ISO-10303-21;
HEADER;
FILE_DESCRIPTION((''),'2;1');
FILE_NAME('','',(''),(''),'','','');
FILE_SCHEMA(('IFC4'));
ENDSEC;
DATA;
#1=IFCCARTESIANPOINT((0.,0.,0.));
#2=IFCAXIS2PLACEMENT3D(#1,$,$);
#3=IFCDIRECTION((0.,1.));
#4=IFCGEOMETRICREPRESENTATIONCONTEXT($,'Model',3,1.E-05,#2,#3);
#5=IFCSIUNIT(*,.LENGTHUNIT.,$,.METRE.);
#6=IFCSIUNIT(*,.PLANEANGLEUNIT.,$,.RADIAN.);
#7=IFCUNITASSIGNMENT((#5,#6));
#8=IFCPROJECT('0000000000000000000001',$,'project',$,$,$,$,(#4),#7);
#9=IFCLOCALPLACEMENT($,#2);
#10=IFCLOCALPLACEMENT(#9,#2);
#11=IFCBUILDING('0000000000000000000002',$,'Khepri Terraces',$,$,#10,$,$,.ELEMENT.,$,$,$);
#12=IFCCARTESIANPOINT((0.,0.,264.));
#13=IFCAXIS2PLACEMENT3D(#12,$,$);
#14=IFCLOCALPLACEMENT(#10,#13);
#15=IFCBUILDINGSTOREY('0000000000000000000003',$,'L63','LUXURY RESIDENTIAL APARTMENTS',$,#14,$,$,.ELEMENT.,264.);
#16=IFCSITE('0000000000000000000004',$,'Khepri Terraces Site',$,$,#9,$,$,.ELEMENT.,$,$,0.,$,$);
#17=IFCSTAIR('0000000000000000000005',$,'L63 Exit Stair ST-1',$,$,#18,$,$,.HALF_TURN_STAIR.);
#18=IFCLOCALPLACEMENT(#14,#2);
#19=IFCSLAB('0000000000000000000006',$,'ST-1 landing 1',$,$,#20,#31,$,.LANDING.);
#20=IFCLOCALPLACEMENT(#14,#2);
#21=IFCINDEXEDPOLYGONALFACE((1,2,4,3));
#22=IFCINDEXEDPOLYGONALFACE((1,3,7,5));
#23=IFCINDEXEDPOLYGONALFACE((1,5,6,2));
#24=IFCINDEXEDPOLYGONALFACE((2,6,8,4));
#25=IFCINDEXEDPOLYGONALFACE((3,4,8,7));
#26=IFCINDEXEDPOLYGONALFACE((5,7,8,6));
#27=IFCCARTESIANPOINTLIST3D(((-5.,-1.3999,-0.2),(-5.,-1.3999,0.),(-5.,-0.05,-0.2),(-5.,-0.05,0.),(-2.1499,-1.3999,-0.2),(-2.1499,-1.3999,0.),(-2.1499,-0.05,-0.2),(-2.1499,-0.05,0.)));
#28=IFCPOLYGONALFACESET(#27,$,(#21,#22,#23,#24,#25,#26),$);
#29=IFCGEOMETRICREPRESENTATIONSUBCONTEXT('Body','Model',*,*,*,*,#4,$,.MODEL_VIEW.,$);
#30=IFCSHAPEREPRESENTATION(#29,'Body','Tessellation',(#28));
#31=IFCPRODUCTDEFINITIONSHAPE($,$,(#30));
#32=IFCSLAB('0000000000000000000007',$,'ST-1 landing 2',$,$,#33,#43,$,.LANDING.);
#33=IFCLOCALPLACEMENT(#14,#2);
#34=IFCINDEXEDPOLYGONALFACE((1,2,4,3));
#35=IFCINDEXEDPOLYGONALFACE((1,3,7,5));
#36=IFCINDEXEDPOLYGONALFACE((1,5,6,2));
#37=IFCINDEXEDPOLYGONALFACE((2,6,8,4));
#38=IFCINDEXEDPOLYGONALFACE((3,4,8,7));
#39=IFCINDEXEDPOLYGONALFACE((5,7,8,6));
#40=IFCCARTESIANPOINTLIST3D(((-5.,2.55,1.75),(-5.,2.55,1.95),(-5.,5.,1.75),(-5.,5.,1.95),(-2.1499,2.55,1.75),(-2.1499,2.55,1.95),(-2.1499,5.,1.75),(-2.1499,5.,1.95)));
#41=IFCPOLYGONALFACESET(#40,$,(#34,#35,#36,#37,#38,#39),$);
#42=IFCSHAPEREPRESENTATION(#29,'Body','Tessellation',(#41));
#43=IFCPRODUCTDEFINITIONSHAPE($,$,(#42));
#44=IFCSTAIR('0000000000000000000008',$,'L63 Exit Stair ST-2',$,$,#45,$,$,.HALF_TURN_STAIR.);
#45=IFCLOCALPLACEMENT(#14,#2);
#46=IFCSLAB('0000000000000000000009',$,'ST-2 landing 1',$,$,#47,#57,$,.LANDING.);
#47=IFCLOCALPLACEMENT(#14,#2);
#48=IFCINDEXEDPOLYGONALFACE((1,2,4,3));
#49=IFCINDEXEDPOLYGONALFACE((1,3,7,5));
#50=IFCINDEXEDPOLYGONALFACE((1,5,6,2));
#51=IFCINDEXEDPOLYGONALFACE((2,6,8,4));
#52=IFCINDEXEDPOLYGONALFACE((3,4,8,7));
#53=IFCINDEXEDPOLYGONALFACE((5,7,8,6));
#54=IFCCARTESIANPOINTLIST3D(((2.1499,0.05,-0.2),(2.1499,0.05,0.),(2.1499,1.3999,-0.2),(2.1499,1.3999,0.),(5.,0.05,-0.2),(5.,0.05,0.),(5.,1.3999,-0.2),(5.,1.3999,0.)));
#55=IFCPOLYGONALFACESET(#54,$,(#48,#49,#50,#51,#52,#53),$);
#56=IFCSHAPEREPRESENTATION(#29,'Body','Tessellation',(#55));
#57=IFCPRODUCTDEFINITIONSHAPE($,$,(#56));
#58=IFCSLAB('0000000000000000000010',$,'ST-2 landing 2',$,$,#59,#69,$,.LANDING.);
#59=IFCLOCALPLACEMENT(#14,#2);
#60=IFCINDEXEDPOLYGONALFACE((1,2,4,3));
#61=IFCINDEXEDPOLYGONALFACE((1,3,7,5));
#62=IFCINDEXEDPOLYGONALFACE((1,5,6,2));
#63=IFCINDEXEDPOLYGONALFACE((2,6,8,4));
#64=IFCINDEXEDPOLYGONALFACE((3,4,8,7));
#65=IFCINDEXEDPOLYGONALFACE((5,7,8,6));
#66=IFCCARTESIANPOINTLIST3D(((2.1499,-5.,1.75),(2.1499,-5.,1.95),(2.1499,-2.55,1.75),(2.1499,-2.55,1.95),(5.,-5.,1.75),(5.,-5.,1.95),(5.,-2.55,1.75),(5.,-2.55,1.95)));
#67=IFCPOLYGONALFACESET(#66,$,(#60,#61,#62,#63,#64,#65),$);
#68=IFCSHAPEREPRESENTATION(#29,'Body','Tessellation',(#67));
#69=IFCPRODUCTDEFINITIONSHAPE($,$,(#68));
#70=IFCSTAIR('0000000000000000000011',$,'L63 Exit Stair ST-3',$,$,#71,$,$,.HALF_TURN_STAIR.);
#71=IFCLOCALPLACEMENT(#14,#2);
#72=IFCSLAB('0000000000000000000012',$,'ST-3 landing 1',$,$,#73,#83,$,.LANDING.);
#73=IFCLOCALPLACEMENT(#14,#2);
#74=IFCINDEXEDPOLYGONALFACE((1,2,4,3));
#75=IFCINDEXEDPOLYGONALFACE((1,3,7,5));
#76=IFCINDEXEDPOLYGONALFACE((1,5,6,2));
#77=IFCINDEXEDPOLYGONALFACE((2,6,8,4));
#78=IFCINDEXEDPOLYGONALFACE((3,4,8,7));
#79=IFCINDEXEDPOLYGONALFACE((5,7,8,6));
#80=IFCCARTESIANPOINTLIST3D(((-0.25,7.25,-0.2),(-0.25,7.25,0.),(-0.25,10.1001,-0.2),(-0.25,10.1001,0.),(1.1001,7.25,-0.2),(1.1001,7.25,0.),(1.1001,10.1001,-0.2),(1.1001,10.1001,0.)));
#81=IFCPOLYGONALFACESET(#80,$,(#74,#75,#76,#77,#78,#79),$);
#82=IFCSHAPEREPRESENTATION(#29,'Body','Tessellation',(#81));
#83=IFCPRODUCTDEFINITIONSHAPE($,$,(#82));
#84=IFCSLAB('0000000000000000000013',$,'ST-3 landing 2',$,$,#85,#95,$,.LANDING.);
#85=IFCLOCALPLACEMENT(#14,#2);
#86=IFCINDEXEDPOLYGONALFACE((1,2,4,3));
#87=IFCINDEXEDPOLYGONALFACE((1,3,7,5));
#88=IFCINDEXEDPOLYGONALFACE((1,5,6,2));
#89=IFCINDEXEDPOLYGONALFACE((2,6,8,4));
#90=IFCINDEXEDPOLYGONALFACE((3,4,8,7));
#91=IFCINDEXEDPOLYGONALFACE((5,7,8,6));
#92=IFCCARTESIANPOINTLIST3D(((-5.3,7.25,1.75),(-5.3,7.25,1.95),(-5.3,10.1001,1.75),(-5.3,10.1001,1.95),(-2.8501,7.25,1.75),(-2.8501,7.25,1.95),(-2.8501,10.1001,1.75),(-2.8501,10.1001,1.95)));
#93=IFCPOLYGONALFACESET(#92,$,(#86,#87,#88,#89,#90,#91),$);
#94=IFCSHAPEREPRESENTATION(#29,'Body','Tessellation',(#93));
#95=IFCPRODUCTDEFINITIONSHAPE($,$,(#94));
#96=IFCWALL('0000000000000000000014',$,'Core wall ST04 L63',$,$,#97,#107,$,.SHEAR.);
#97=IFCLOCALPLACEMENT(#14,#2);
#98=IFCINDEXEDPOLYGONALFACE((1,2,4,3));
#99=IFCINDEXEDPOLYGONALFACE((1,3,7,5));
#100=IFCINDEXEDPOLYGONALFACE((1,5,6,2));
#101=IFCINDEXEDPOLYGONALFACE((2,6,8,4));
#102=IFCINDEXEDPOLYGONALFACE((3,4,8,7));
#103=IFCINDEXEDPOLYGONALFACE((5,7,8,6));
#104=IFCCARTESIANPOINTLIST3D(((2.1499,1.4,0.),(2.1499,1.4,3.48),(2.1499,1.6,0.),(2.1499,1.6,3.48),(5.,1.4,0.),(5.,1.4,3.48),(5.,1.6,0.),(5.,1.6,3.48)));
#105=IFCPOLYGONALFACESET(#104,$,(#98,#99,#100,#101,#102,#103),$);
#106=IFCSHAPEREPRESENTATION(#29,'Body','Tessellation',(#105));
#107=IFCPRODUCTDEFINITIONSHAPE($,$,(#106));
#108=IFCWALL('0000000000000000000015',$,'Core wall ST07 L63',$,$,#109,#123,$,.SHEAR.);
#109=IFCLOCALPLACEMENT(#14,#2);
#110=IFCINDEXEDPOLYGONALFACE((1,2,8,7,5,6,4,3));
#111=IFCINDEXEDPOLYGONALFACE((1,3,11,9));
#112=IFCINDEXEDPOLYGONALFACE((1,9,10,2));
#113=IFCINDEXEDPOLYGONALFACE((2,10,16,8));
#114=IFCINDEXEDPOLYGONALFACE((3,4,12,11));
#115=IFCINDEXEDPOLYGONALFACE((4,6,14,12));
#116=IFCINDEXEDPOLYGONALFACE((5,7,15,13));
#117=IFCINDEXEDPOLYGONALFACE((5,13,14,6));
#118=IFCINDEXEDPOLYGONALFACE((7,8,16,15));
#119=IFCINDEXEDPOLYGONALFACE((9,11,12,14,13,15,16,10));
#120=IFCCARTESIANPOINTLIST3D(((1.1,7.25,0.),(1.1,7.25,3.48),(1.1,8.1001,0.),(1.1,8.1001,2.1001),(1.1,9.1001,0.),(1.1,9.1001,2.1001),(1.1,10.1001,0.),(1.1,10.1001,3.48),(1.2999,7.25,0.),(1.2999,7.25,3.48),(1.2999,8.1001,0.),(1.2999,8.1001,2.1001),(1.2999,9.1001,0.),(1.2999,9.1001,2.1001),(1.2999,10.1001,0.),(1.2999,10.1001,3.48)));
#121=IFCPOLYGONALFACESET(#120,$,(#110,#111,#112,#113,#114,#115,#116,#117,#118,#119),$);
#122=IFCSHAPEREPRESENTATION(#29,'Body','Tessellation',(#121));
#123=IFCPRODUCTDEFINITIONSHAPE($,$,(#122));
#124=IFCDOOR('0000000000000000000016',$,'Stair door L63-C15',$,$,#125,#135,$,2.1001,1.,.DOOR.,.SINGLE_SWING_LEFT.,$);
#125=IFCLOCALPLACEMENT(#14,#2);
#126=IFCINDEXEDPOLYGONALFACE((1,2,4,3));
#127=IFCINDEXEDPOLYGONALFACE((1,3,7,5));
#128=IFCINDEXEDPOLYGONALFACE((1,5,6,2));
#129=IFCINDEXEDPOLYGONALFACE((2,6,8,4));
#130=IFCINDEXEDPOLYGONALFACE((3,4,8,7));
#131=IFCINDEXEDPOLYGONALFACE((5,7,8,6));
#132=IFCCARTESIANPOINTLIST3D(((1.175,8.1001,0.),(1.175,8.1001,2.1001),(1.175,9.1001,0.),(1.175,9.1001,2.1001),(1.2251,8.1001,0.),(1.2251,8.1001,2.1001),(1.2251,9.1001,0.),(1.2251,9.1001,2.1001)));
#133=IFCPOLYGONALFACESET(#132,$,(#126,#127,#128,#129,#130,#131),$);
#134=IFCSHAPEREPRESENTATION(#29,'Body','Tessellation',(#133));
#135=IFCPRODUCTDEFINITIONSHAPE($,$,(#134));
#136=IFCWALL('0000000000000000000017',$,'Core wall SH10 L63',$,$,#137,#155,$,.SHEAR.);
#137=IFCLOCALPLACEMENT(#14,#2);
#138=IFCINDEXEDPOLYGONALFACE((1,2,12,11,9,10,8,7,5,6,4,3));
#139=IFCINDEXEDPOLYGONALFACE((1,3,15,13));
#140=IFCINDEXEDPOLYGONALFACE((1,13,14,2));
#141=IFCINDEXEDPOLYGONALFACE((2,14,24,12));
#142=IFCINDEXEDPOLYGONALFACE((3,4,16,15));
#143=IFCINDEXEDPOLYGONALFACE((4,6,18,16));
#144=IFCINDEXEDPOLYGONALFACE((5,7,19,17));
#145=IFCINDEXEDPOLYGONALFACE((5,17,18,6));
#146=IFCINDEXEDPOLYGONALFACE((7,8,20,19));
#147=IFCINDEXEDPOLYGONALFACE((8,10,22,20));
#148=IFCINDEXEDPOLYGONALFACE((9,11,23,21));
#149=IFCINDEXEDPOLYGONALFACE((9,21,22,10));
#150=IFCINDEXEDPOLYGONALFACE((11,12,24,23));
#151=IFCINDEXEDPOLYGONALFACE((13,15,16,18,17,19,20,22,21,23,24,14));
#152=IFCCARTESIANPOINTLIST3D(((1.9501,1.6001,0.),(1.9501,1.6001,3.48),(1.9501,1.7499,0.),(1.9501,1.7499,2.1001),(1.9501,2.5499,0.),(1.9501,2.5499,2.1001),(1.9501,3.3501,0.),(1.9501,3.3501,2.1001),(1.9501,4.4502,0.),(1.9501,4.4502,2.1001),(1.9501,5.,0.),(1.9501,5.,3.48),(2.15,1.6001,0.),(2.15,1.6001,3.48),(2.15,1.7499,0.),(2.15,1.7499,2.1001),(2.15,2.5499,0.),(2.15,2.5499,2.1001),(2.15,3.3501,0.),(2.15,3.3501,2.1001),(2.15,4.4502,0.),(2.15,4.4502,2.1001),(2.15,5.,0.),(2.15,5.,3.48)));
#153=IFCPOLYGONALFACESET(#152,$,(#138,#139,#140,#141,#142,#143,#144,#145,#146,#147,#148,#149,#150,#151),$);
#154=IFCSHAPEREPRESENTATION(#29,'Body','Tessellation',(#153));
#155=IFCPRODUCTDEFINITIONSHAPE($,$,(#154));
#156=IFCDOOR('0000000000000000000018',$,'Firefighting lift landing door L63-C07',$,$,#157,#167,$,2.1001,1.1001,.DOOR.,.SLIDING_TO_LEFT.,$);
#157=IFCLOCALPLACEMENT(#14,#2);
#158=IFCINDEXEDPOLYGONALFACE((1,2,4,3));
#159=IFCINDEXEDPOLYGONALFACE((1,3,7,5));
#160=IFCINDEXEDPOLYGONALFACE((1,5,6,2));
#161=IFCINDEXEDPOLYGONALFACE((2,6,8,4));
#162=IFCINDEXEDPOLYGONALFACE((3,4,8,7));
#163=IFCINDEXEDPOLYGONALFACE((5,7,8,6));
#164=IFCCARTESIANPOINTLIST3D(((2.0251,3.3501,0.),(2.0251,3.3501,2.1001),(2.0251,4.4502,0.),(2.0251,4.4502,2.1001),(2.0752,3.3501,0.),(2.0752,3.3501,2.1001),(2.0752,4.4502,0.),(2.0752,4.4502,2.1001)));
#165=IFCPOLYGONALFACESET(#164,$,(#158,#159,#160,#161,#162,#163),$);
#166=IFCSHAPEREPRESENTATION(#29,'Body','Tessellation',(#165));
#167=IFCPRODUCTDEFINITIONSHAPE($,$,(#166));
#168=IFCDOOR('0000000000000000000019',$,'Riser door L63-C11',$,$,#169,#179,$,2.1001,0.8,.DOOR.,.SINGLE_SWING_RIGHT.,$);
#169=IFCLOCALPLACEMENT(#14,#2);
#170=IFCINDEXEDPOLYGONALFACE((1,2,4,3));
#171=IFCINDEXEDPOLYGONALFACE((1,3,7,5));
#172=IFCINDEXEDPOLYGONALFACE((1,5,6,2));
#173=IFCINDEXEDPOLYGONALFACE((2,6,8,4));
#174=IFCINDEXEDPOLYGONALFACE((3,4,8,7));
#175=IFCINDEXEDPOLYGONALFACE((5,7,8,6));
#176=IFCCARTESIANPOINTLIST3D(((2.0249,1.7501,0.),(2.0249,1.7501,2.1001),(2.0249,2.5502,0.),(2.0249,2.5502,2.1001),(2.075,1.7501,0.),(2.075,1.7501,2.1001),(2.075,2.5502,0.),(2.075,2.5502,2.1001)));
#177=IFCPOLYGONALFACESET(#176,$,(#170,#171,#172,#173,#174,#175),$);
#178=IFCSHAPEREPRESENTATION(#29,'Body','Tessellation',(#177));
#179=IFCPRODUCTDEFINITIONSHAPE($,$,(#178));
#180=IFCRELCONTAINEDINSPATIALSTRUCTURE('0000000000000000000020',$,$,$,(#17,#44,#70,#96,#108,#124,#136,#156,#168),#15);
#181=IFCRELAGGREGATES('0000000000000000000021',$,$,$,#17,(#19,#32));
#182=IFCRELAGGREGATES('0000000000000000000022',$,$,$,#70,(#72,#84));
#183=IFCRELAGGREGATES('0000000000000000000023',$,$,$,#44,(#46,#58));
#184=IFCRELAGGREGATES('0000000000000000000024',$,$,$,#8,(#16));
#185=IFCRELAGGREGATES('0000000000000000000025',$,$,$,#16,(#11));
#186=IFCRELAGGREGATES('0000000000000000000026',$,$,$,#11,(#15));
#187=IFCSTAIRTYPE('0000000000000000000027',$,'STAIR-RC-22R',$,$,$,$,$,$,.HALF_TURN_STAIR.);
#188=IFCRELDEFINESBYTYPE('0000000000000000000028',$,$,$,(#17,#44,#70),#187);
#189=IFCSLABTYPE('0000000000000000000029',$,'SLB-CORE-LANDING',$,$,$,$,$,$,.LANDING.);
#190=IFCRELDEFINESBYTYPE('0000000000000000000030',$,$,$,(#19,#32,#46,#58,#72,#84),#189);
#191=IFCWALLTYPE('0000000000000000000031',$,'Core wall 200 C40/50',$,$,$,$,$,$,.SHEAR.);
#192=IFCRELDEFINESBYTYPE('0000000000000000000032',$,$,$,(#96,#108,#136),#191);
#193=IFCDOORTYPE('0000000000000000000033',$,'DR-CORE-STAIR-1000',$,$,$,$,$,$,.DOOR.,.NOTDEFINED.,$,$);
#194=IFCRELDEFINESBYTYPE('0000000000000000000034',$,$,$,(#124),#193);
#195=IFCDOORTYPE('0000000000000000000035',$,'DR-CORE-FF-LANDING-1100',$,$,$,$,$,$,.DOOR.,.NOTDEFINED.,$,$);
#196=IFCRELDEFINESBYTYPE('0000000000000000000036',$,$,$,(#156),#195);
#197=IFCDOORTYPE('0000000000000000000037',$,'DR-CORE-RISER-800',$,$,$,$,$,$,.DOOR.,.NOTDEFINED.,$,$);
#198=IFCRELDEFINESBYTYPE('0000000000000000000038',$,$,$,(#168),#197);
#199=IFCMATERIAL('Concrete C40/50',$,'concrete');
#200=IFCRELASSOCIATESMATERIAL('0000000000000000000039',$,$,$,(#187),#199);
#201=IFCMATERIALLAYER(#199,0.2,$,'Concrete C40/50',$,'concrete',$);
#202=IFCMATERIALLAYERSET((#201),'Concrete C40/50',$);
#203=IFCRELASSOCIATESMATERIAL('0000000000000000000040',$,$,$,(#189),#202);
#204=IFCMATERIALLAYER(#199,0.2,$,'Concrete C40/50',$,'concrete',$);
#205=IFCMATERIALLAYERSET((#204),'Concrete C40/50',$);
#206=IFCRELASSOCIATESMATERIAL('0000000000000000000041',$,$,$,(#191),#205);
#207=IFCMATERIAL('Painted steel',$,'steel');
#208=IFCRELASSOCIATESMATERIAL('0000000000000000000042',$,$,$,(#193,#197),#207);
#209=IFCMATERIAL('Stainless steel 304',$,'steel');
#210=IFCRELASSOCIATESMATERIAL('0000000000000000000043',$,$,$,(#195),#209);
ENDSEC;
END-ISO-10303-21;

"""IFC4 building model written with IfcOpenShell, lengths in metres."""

from ifc_helpers import new_model, si_unit, direction, frame, frame_2d, origin, place, context, subcontext, project, spatial, polyline, rectangle, outline, extrude, material, layer, layer_set, type_object, element, fill, aggregate, save


model = new_model("IFC4")

# Units and contexts
model_context = context("Model", 3, precision=1e-05, world=origin(), true_north=direction((0.0, 1.0)))
body_context = subcontext(model_context, "Body", "Model", "MODEL_VIEW")
ifc_project = project(units=[si_unit("LENGTHUNIT", "METRE"), si_unit("PLANEANGLEUNIT", "RADIAN")], contexts=[model_context])

# Site, building, storey
site_placement = place(None, origin())
site = spatial("IfcSite", under=ifc_project, at=site_placement, Name="Khepri Terraces Site", CompositionType="ELEMENT", RefElevation=0.0)
building_placement = place(site_placement, origin())
building = spatial("IfcBuilding", under=site, at=building_placement, Name="Khepri Terraces", CompositionType="ELEMENT")
storey_placement = place(building_placement, frame((0.0, 0.0, 264.0)))
storey = spatial("IfcBuildingStorey", under=building, at=storey_placement, Name="L63", Description="LUXURY RESIDENTIAL APARTMENTS", CompositionType="ELEMENT", Elevation=264.0)

# Stairs, slabs
ifc_material_1 = material(Name="Concrete C40/50", Category="concrete")
stair_type = type_object("IfcStairType", Name="STAIR-RC-22R", PredefinedType="HALF_TURN_STAIR", material=ifc_material_1)
stair_1_placement = place(storey_placement, origin())
stair_1 = element("IfcStair", 1, at=stair_1_placement, inside=storey, type_object=stair_type, Name="L63 Exit Stair ST-1", PredefinedType="HALF_TURN_STAIR")
ifc_layer_1 = layer(ifc_material_1, 0.2, Name="Concrete C40/50", Category="concrete")
ifc_layer_set_1 = layer_set([ifc_layer_1], Name="Concrete C40/50")
slab_type = type_object("IfcSlabType", Name="SLB-CORE-LANDING", PredefinedType="LANDING", material=ifc_layer_set_1)
slab_1_placement = place(storey_placement, frame((0.0, 0.0, -0.2)))
slab_1 = element("IfcSlab", 2, at=slab_1_placement, type_object=slab_type, Name="ST-1 landing 1", PredefinedType="LANDING", context=body_context, shape_type="SweptSolid", body=[
    extrude(outline(polyline([(-2.1499, -1.3999), (-2.1499, -0.05), (-5.0, -0.05), (-5.0, -1.3999), (-2.1499, -1.3999)])), origin(), (0.0, 0.0, 1.0), 0.2),
])
slab_2_placement = place(storey_placement, frame((0.0, 0.0, 1.75)))
slab_2 = element("IfcSlab", 3, at=slab_2_placement, type_object=slab_type, Name="ST-1 landing 2", PredefinedType="LANDING", context=body_context, shape_type="SweptSolid", body=[
    extrude(outline(polyline([(-2.1499, 2.55), (-2.1499, 5.0), (-5.0, 5.0), (-5.0, 2.55), (-2.1499, 2.55)])), origin(), (0.0, 0.0, 1.0), 0.2),
])
aggregate(stair_1, [slab_1, slab_2])
stair_2_placement = place(storey_placement, origin())
stair_2 = element("IfcStair", 4, at=stair_2_placement, inside=storey, type_object=stair_type, Name="L63 Exit Stair ST-2", PredefinedType="HALF_TURN_STAIR")
slab_3_placement = place(storey_placement, frame((0.0, 0.0, -0.2)))
slab_3 = element("IfcSlab", 5, at=slab_3_placement, type_object=slab_type, Name="ST-2 landing 1", PredefinedType="LANDING", context=body_context, shape_type="SweptSolid", body=[
    extrude(outline(polyline([(2.1499, 1.3999), (2.1499, 0.05), (5.0, 0.05), (5.0, 1.3999), (2.1499, 1.3999)])), origin(), (0.0, 0.0, 1.0), 0.2),
])
slab_4_placement = place(storey_placement, frame((0.0, 0.0, 1.75)))
slab_4 = element("IfcSlab", 6, at=slab_4_placement, type_object=slab_type, Name="ST-2 landing 2", PredefinedType="LANDING", context=body_context, shape_type="SweptSolid", body=[
    extrude(outline(polyline([(2.1499, -2.55), (2.1499, -5.0), (5.0, -5.0), (5.0, -2.55), (2.1499, -2.55)])), origin(), (0.0, 0.0, 1.0), 0.2),
])
stair_3_placement = place(storey_placement, origin())
stair_3 = element("IfcStair", 7, at=stair_3_placement, inside=storey, type_object=stair_type, Name="L63 Exit Stair ST-3", PredefinedType="HALF_TURN_STAIR")
slab_5_placement = place(storey_placement, frame((0.0, 0.0, -0.2)))
slab_5 = element("IfcSlab", 8, at=slab_5_placement, type_object=slab_type, Name="ST-3 landing 1", PredefinedType="LANDING", context=body_context, shape_type="SweptSolid", body=[
    extrude(outline(polyline([(1.1001, 10.1001), (-0.25, 10.1001), (-0.25, 7.25), (1.1001, 7.25), (1.1001, 10.1001)])), origin(), (0.0, 0.0, 1.0), 0.2),
])
slab_6_placement = place(storey_placement, frame((0.0, 0.0, 1.75)))
slab_6 = element("IfcSlab", 9, at=slab_6_placement, type_object=slab_type, Name="ST-3 landing 2", PredefinedType="LANDING", context=body_context, shape_type="SweptSolid", body=[
    extrude(outline(polyline([(-2.8501, 10.1001), (-5.3, 10.1001), (-5.3, 7.25), (-2.8501, 7.25), (-2.8501, 10.1001)])), origin(), (0.0, 0.0, 1.0), 0.2),
])
aggregate(stair_3, [slab_5, slab_6])

# Wall
ifc_layer_2 = layer(ifc_material_1, 0.2, Name="Concrete C40/50", Category="concrete")
ifc_layer_set_2 = layer_set([ifc_layer_2], Name="Concrete C40/50")
wall_type = type_object("IfcWallType", Name="Core wall 200 C40/50", PredefinedType="SHEAR", material=ifc_layer_set_2)
wall_1_placement = place(storey_placement, frame((2.1499, 1.5, 0.0), z_axis=(0.0, 0.0, 1.0), x_axis=(1.0, 0.0, 0.0)))
element("IfcWall", 10, at=wall_1_placement, inside=storey, type_object=wall_type, Name="Core wall ST04 L63", PredefinedType="SHEAR", context=body_context, shape_type="SweptSolid", body=[
    extrude(rectangle(XDim=2.8501, YDim=0.2, at=frame_2d((1.425, 0.0))), origin(), (0.0, 0.0, 1.0), 3.48),
])

# Wall, opening, door
wall_2_placement = place(storey_placement, frame((1.2, 7.25, 0.0), z_axis=(0.0, 0.0, 1.0), x_axis=(0.0, 1.0, 0.0)))
wall_2 = element("IfcWall", 11, at=wall_2_placement, inside=storey, type_object=wall_type, Name="Core wall ST07 L63", PredefinedType="SHEAR", context=body_context, shape_type="SweptSolid", body=[
    extrude(rectangle(XDim=2.8501, YDim=0.2, at=frame_2d((1.425, 0.0))), origin(), (0.0, 0.0, 1.0), 3.48),
])
opening_1_placement = place(wall_2_placement, frame((0.8501, 0.0, 0.0)))
opening_1 = element("IfcOpeningElement", 12, at=opening_1_placement, cuts=wall_2, PredefinedType="OPENING", context=body_context, shape_type="SweptSolid", body=[
    extrude(rectangle(XDim=1.0, YDim=2.1001, at=frame_2d((0.5, 1.05))), frame((0.0, 0.1099, 0.0), z_axis=(0.0, -1.0, 0.0), x_axis=(1.0, 0.0, 0.0)), (0.0, 0.0, 1.0), 0.22),
])
ifc_material_2 = material(Name="Painted steel", Category="steel")
door_type_1 = type_object("IfcDoorType", Name="DR-CORE-STAIR-1000", OperationType="NOTDEFINED", PredefinedType="DOOR", material=ifc_material_2)
door_1_placement = place(opening_1_placement, origin())
door_1 = element("IfcDoor", 13, at=door_1_placement, inside=storey, type_object=door_type_1, Name="Stair door L63-C15", OperationType="SINGLE_SWING_LEFT", OverallHeight=2.1001, OverallWidth=1.0, PredefinedType="DOOR", context=body_context, shape_type="SweptSolid", body=[
    extrude(rectangle(XDim=1.0, YDim=2.1001, at=frame_2d((0.5, 1.05))), frame((0.0, 0.0249, 0.0), z_axis=(0.0, -1.0, 0.0), x_axis=(1.0, 0.0, 0.0)), (0.0, 0.0, 1.0), 0.05),
])
fill(opening_1, door_1)

# Wall, openings, doors
wall_3_placement = place(storey_placement, frame((2.05, 1.6001, 0.0), z_axis=(0.0, 0.0, 1.0), x_axis=(0.0, 1.0, 0.0)))
wall_3 = element("IfcWall", 14, at=wall_3_placement, inside=storey, type_object=wall_type, Name="Core wall SH10 L63", PredefinedType="SHEAR", context=body_context, shape_type="SweptSolid", body=[
    extrude(rectangle(XDim=3.3999, YDim=0.2, at=frame_2d((1.7, 0.0))), origin(), (0.0, 0.0, 1.0), 3.48),
])
opening_2_placement = place(wall_3_placement, frame((1.75, 0.0, 0.0)))
opening_2 = element("IfcOpeningElement", 15, at=opening_2_placement, cuts=wall_3, PredefinedType="OPENING", context=body_context, shape_type="SweptSolid", body=[
    extrude(rectangle(XDim=1.1001, YDim=2.1001, at=frame_2d((0.55, 1.05))), frame((0.0, 0.1099, 0.0), z_axis=(0.0, -1.0, 0.0), x_axis=(1.0, 0.0, 0.0)), (0.0, 0.0, 1.0), 0.22),
])
opening_3_placement = place(wall_3_placement, frame((0.1499, 0.0, 0.0)))
opening_3 = element("IfcOpeningElement", 16, at=opening_3_placement, cuts=wall_3, PredefinedType="OPENING", context=body_context, shape_type="SweptSolid", body=[
    extrude(rectangle(XDim=0.8, YDim=2.1001, at=frame_2d((0.3999, 1.05))), frame((0.0, 0.1099, 0.0), z_axis=(0.0, -1.0, 0.0), x_axis=(1.0, 0.0, 0.0)), (0.0, 0.0, 1.0), 0.22),
])
ifc_material_3 = material(Name="Stainless steel 304", Category="steel")
door_type_2 = type_object("IfcDoorType", Name="DR-CORE-FF-LANDING-1100", OperationType="NOTDEFINED", PredefinedType="DOOR", material=ifc_material_3)
door_2_placement = place(opening_2_placement, origin())
door_2 = element("IfcDoor", 17, at=door_2_placement, inside=storey, type_object=door_type_2, Name="Firefighting lift landing door L63-C07", OperationType="SLIDING_TO_LEFT", OverallHeight=2.1001, OverallWidth=1.1001, PredefinedType="DOOR", context=body_context, shape_type="SweptSolid", body=[
    extrude(rectangle(XDim=1.1001, YDim=2.1001, at=frame_2d((0.55, 1.05))), frame((0.0, 0.0249, 0.0), z_axis=(0.0, -1.0, 0.0), x_axis=(1.0, 0.0, 0.0)), (0.0, 0.0, 1.0), 0.05),
])
fill(opening_2, door_2)
door_type_3 = type_object("IfcDoorType", Name="DR-CORE-RISER-800", OperationType="NOTDEFINED", PredefinedType="DOOR", material=ifc_material_2)
door_3_placement = place(opening_3_placement, frame((0.8, 0.0, 0.0), z_axis=(0.0, 0.0, 1.0), x_axis=(-1.0, 0.0, 0.0)))
door_3 = element("IfcDoor", 18, at=door_3_placement, inside=storey, type_object=door_type_3, Name="Riser door L63-C11", OperationType="SINGLE_SWING_RIGHT", OverallHeight=2.1001, OverallWidth=0.8, PredefinedType="DOOR", context=body_context, shape_type="SweptSolid", body=[
    extrude(rectangle(XDim=0.8, YDim=2.1001, at=frame_2d((0.3999, 1.05))), frame((0.0, 0.0249, 0.0), z_axis=(0.0, -1.0, 0.0), x_axis=(1.0, 0.0, 0.0)), (0.0, 0.0, 1.0), 0.05),
])
fill(opening_3, door_3)

aggregate(stair_2, [slab_3, slab_4])

save(model, "model.ifc")
